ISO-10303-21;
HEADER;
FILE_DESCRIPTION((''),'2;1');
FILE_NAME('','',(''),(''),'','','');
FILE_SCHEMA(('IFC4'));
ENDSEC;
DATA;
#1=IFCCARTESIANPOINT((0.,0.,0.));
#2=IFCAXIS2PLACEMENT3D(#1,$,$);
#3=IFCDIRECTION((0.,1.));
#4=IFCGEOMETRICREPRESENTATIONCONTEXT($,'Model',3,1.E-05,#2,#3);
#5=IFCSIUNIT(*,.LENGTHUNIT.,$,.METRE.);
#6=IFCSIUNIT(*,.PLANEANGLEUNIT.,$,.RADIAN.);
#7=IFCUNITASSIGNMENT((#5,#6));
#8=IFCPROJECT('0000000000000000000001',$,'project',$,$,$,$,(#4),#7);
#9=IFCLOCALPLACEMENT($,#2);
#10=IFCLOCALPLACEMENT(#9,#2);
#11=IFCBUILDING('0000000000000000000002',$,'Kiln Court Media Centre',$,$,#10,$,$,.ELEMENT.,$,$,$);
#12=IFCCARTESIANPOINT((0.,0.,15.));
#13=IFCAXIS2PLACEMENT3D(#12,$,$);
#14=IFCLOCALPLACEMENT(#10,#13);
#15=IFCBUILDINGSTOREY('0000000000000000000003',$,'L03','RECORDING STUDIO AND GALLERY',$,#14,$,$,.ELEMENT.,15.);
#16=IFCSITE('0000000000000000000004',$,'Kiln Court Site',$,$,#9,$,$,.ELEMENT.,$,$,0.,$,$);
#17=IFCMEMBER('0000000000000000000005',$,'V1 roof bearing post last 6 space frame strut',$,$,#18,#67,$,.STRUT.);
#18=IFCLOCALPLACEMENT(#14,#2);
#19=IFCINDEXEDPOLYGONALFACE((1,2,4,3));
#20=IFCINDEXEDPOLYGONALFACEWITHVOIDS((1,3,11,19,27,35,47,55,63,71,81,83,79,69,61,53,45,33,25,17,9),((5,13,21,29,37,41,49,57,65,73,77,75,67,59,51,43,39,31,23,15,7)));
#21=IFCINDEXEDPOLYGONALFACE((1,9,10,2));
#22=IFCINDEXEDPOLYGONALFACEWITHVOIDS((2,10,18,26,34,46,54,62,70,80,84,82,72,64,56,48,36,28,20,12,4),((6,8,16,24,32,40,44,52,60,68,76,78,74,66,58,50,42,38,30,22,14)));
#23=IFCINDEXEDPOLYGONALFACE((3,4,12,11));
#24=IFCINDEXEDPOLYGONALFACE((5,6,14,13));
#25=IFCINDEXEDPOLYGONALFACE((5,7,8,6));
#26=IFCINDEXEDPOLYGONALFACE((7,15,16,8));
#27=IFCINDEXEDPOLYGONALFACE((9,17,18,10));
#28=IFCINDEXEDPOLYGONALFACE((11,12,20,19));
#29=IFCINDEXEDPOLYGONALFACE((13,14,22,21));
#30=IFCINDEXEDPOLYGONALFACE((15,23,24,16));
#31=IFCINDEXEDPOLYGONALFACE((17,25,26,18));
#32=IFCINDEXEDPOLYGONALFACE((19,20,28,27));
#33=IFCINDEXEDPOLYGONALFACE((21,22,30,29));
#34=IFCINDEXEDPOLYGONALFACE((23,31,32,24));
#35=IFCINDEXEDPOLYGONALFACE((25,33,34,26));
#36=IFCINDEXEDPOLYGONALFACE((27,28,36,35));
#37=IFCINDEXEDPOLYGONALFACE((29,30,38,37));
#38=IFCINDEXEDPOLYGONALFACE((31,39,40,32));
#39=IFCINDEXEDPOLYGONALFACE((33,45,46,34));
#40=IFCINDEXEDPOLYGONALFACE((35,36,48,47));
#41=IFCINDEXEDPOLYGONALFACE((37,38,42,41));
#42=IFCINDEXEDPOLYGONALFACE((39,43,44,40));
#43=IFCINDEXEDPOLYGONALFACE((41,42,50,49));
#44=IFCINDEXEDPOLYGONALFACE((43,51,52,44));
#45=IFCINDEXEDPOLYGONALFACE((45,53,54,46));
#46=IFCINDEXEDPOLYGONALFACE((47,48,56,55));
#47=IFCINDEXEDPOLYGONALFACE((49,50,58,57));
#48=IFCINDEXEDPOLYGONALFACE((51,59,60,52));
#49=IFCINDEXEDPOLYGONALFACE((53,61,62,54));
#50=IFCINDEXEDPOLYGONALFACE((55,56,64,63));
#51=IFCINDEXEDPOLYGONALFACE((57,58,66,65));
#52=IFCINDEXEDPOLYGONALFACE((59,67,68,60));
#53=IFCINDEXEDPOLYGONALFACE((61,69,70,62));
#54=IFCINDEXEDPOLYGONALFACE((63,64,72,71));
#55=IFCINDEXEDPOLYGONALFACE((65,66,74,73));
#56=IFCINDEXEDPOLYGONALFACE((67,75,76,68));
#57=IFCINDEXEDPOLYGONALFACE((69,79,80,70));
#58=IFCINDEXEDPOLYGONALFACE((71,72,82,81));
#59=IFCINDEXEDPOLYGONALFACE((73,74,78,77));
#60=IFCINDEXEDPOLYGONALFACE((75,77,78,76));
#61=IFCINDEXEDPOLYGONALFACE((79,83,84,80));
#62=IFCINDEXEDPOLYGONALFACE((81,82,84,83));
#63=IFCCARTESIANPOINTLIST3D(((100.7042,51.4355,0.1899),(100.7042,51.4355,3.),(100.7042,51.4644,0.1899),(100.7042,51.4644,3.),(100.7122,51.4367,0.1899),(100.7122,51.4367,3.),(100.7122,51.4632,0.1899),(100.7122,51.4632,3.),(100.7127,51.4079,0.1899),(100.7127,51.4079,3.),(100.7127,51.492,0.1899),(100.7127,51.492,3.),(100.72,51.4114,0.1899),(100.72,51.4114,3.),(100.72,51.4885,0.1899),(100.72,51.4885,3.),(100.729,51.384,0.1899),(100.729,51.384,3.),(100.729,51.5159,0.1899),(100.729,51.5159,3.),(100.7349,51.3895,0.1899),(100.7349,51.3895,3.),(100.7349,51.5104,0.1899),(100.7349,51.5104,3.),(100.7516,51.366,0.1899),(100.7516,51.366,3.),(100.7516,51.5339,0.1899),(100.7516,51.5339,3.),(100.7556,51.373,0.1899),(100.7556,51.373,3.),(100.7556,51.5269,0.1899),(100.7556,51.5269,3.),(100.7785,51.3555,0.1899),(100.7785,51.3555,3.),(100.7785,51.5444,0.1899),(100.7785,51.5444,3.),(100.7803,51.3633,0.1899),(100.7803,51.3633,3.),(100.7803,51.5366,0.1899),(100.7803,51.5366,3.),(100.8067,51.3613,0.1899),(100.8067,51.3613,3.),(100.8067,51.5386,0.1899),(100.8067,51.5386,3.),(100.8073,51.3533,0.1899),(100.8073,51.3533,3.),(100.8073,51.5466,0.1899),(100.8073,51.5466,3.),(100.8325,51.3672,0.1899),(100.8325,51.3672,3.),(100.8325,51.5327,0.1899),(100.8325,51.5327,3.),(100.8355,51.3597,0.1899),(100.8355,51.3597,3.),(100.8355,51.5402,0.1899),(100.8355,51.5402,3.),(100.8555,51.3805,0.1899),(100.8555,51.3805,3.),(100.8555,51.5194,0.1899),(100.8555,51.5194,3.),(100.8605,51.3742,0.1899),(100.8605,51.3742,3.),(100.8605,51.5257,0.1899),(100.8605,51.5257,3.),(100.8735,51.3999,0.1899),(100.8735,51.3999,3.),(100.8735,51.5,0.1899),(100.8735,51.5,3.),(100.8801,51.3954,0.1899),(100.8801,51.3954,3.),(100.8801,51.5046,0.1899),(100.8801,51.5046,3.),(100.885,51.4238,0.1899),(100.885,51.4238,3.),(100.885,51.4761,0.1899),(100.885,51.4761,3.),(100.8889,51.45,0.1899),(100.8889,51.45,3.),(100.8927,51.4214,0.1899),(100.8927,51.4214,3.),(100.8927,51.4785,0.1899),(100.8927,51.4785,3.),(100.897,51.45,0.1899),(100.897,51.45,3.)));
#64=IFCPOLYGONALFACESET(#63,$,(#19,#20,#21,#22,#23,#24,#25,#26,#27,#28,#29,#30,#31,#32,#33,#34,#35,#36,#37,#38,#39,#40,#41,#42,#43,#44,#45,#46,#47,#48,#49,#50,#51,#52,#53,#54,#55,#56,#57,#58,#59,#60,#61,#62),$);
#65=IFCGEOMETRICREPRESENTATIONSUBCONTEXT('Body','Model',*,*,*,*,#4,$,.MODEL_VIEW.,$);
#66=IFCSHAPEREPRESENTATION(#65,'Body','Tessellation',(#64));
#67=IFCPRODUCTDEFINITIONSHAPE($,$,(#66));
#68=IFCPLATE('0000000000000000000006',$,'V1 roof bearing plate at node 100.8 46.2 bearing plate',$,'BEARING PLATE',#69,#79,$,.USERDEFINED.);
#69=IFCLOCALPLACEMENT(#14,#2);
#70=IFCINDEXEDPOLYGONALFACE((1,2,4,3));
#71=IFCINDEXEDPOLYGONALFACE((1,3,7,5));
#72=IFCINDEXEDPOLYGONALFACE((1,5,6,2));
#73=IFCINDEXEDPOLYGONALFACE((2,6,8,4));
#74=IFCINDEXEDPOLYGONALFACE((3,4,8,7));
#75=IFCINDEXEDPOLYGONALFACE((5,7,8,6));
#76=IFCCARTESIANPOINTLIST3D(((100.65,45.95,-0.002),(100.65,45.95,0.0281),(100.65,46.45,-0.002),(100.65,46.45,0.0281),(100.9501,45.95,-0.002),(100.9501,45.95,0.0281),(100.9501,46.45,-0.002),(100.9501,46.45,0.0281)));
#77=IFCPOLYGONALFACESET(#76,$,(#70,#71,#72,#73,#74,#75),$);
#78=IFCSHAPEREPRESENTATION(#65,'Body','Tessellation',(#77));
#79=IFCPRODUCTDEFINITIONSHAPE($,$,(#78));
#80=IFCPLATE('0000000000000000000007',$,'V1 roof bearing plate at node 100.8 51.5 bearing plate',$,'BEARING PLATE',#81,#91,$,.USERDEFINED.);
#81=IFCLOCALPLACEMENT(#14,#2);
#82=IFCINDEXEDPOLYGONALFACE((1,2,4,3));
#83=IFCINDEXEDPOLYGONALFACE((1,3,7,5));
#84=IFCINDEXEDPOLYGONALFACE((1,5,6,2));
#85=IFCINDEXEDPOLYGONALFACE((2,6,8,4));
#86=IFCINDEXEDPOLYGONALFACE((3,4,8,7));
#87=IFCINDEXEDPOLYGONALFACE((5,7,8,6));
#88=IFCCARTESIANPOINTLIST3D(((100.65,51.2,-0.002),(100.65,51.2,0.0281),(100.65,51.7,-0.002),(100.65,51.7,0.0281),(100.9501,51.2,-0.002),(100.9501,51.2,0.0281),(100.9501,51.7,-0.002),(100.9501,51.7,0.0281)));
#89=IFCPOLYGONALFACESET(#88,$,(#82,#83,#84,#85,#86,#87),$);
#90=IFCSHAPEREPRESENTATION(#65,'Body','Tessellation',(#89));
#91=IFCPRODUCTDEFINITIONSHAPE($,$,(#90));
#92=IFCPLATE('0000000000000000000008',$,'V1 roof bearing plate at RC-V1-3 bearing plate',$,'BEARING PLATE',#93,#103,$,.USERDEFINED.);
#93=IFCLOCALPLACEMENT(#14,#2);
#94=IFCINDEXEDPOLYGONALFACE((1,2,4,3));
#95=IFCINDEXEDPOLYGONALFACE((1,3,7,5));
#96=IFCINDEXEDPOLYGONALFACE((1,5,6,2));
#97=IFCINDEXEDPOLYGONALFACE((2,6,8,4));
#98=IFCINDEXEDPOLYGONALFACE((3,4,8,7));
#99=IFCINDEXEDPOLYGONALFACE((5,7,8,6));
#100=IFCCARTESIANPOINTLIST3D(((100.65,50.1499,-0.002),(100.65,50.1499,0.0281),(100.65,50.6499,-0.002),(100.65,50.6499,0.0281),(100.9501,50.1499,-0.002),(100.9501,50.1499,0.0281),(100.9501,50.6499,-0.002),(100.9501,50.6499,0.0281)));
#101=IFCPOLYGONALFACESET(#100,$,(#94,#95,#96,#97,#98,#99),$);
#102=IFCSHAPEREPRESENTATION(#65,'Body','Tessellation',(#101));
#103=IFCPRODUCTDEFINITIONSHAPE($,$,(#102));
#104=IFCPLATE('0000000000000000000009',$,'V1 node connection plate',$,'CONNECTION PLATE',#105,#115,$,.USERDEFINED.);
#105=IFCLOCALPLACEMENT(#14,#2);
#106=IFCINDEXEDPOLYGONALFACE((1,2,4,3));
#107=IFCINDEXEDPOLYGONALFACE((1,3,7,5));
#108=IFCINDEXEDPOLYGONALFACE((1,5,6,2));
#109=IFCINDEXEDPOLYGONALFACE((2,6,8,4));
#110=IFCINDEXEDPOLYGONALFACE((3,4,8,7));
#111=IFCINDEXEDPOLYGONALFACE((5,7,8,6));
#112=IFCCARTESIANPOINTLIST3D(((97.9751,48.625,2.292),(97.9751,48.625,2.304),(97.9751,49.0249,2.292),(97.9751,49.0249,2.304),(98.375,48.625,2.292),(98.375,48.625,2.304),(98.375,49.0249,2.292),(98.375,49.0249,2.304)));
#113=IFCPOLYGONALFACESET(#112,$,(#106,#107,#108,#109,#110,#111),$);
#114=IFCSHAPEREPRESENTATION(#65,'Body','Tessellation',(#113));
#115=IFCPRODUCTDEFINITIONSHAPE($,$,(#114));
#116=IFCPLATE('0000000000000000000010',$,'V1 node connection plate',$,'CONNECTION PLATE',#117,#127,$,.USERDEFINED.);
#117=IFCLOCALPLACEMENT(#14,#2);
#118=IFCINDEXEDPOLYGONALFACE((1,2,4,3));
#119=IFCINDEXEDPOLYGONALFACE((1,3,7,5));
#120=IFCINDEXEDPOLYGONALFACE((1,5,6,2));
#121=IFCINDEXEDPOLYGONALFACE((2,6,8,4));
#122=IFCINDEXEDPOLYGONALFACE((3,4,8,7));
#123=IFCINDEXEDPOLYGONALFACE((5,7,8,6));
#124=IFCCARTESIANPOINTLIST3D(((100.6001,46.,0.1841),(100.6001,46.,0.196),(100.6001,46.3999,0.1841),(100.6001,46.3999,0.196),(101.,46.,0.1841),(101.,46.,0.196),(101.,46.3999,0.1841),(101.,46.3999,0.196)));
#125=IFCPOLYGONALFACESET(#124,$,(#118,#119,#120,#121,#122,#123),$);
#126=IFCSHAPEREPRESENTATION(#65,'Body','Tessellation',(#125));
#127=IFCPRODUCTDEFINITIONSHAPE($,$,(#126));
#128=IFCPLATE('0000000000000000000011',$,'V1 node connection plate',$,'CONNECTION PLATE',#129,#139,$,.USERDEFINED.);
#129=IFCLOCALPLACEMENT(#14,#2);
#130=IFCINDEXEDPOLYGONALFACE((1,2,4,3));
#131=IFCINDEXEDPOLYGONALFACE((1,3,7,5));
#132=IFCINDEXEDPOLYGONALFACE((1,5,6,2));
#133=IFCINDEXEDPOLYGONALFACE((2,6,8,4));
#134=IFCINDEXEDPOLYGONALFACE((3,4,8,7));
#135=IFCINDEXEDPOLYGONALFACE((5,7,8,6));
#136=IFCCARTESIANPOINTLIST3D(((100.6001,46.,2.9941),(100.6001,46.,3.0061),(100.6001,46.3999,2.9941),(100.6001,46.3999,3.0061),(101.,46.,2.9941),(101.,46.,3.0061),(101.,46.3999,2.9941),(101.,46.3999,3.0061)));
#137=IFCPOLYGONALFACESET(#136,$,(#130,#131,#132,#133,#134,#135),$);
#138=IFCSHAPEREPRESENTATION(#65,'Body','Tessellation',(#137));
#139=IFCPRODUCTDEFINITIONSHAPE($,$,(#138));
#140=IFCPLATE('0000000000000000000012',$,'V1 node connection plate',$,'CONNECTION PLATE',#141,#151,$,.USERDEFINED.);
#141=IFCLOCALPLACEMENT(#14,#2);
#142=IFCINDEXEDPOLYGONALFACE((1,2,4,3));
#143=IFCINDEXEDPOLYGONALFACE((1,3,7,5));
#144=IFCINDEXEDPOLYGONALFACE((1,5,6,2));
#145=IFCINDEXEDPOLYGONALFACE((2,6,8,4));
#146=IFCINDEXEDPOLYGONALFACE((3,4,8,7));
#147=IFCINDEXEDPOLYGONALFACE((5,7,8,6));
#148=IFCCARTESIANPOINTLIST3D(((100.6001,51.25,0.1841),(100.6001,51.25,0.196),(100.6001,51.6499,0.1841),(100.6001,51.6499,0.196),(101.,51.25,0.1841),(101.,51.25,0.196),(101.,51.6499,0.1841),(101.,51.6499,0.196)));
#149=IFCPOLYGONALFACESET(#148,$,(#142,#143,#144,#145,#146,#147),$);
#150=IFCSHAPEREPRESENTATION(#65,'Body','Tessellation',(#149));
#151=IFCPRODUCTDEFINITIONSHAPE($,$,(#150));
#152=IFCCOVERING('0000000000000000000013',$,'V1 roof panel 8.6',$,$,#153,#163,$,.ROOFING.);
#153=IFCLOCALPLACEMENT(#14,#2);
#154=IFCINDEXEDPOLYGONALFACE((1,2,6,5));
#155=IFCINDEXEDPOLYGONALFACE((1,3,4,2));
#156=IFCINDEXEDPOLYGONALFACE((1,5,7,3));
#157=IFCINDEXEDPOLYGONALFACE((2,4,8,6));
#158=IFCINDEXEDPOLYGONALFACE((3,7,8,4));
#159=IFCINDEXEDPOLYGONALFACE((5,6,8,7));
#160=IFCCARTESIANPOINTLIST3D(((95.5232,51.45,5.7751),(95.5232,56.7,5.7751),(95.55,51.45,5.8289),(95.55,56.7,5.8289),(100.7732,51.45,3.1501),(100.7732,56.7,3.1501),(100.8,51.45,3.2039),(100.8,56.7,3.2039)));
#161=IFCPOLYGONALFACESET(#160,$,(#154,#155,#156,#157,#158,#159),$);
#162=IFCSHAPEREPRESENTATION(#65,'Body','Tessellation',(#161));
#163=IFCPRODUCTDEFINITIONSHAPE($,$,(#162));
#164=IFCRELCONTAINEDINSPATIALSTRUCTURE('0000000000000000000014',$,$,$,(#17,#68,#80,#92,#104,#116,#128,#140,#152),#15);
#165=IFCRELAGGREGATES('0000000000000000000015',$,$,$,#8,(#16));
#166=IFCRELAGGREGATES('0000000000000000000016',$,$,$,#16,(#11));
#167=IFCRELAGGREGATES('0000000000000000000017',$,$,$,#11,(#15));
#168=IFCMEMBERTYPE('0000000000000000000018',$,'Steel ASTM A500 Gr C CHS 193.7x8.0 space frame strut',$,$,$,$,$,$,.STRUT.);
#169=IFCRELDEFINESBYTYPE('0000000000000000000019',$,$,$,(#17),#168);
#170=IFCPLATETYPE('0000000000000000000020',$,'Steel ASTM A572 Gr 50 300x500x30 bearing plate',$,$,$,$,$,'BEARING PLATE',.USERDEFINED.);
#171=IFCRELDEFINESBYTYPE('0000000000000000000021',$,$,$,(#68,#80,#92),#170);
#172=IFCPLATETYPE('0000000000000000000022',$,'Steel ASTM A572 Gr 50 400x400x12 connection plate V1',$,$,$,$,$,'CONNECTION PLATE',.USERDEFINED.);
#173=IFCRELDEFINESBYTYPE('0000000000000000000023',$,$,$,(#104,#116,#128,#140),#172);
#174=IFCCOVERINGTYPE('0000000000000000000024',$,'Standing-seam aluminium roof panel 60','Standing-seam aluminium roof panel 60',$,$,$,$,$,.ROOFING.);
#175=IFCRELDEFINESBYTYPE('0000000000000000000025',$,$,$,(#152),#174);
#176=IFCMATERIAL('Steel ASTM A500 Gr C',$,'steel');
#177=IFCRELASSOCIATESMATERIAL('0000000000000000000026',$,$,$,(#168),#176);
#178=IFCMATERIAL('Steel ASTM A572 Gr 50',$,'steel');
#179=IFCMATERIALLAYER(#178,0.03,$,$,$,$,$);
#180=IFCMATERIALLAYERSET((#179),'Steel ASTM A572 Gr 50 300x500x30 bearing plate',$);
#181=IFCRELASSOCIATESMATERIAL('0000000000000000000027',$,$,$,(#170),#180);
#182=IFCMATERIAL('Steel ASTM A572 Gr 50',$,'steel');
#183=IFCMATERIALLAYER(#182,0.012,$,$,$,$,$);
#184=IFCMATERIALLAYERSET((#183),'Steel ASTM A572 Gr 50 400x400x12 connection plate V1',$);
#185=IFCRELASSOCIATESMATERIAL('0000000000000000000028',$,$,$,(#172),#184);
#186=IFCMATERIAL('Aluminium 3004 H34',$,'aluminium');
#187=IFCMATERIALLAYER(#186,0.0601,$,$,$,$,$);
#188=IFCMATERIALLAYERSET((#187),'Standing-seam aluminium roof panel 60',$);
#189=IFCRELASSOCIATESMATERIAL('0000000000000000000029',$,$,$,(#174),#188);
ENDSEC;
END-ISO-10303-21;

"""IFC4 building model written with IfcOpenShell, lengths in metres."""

from ifc_helpers import new_model, si_unit, direction, frame, origin, origin_2d, place, context, subcontext, project, spatial, polyline, rectangle, hollow_circle, outline, extrude, material, layer, layer_set, material_profile, profile_set, type_object, element, save


model = new_model("IFC4")

# Units and contexts
model_context = context("Model", 3, precision=1e-05, world=origin(), true_north=direction((0.0, 1.0)))
body_context = subcontext(model_context, "Body", "Model", "MODEL_VIEW")
ifc_project = project(units=[si_unit("LENGTHUNIT", "METRE"), si_unit("PLANEANGLEUNIT", "RADIAN")], contexts=[model_context])

# Site, building, storey
site_placement = place(None, origin())
site = spatial("IfcSite", under=ifc_project, at=site_placement, Name="Kiln Court Site", CompositionType="ELEMENT", RefElevation=0.0)
building_placement = place(site_placement, origin())
building = spatial("IfcBuilding", under=site, at=building_placement, Name="Kiln Court Media Centre", CompositionType="ELEMENT")
storey_placement = place(building_placement, frame((0.0, 0.0, 15.0)))
storey = spatial("IfcBuildingStorey", under=building, at=storey_placement, Name="L03", Description="RECORDING STUDIO AND GALLERY", CompositionType="ELEMENT", Elevation=15.0)

# Member
ifc_material_1 = material(Name="Steel ASTM A500 Gr C", Category="steel")
ifc_material_profile_1 = material_profile(ifc_material_1, hollow_circle(Radius=0.0969, WallThickness=0.0081, at=origin_2d()), Name="CHS 193.7x8.0")
ifc_profile_set_1 = profile_set([ifc_material_profile_1], Name="Steel ASTM A500 Gr C")
member_type_1 = type_object("IfcMemberType", Name="Steel ASTM A500 Gr C CHS 193.7x8.0 space frame strut", PredefinedType="STRUT", material=ifc_profile_set_1)
for number, where, z_axis, x_axis, name in (
    (1, (100.8, 51.45, 0.1899), (0.0, 0.0, 1.0), (1.0, 0.0, 0.0), "V1 roof bearing post last 6 space frame strut"),
):
    element("IfcMember", number, at=place(storey_placement, frame(where, z_axis=z_axis, x_axis=x_axis)), inside=storey, type_object=member_type_1, Name=name, PredefinedType="STRUT", context=body_context, shape_type="SweptSolid", body=[
        extrude(hollow_circle(Radius=0.0969, WallThickness=0.0081, at=origin_2d()), origin(), (0.0, 0.0, 1.0), 2.8101),
    ])

# Plates
ifc_material_2 = material(Name="Steel ASTM A572 Gr 50", Category="steel")
ifc_layer_1 = layer(ifc_material_2, 0.03)
ifc_layer_set_1 = layer_set([ifc_layer_1], Name="Steel ASTM A572 Gr 50 300x500x30 bearing plate")
plate_type_1 = type_object("IfcPlateType", Name="Steel ASTM A572 Gr 50 300x500x30 bearing plate", ElementType="BEARING PLATE", PredefinedType="USERDEFINED", material=ifc_layer_set_1)
for number, where, z_axis, x_axis, name in (
    (2, (100.8, 46.2, -0.002), (0.0, 0.0, 1.0), (1.0, 0.0, 0.0), "V1 roof bearing plate at node 100.8 46.2 bearing plate"),
    (3, (100.8, 51.45, -0.002), (0.0, 0.0, 1.0), (1.0, 0.0, 0.0), "V1 roof bearing plate at node 100.8 51.5 bearing plate"),
    (4, (100.8, 50.3999, -0.002), (0.0, 0.0, 1.0), (1.0, 0.0, 0.0), "V1 roof bearing plate at RC-V1-3 bearing plate"),
):
    element("IfcPlate", number, at=place(storey_placement, frame(where, z_axis=z_axis, x_axis=x_axis)), inside=storey, type_object=plate_type_1, Name=name, ObjectType="BEARING PLATE", PredefinedType="USERDEFINED", context=body_context, shape_type="SweptSolid", body=[
        extrude(rectangle(XDim=0.3, YDim=0.5, at=origin_2d()), origin(), (0.0, 0.0, 1.0), 0.03),
    ])
ifc_material_3 = material(Name="Steel ASTM A572 Gr 50", Category="steel")
ifc_layer_2 = layer(ifc_material_3, 0.012)
ifc_layer_set_2 = layer_set([ifc_layer_2], Name="Steel ASTM A572 Gr 50 400x400x12 connection plate V1")
plate_type_2 = type_object("IfcPlateType", Name="Steel ASTM A572 Gr 50 400x400x12 connection plate V1", ElementType="CONNECTION PLATE", PredefinedType="USERDEFINED", material=ifc_layer_set_2)
for number, where, z_axis, x_axis, name in (
    (5, (98.175, 48.825, 2.292), (0.0, 0.0, 1.0), (1.0, 0.0, 0.0), "V1 node connection plate"),
    (6, (100.8, 46.2, 0.1841), (0.0, 0.0, 1.0), (1.0, 0.0, 0.0), "V1 node connection plate"),
    (7, (100.8, 46.2, 2.9941), (0.0, 0.0, 1.0), (1.0, 0.0, 0.0), "V1 node connection plate"),
    (8, (100.8, 51.45, 0.1841), (0.0, 0.0, 1.0), (1.0, 0.0, 0.0), "V1 node connection plate"),
):
    element("IfcPlate", number, at=place(storey_placement, frame(where, z_axis=z_axis, x_axis=x_axis)), inside=storey, type_object=plate_type_2, Name=name, ObjectType="CONNECTION PLATE", PredefinedType="USERDEFINED", context=body_context, shape_type="SweptSolid", body=[
        extrude(rectangle(XDim=0.3999, YDim=0.3999, at=origin_2d()), origin(), (0.0, 0.0, 1.0), 0.012),
    ])

# Covering
ifc_material_4 = material(Name="Aluminium 3004 H34", Category="aluminium")
ifc_layer_3 = layer(ifc_material_4, 0.0601)
ifc_layer_set_3 = layer_set([ifc_layer_3], Name="Standing-seam aluminium roof panel 60")
covering_type = type_object("IfcCoveringType", Name="Standing-seam aluminium roof panel 60", Description="Standing-seam aluminium roof panel 60", PredefinedType="ROOFING", material=ifc_layer_set_3)
covering_placement = place(storey_placement, frame((95.55, 51.45, 5.8289), z_axis=(0.447214, 0.0, 0.894427), x_axis=(0.894427, 0.0, -0.447214)))
element("IfcCovering", 9, at=covering_placement, inside=storey, type_object=covering_type, Name="V1 roof panel 8.6", PredefinedType="ROOFING", context=body_context, shape_type="SweptSolid", body=[
    extrude(outline(polyline([(0.0, 0.0), (5.8697, 0.0), (5.8697, 5.25), (0.0, 5.25), (0.0, 0.0)])), origin(), (0.0, 0.0, -1.0), 0.0601),
])

save(model, "model.ifc")
